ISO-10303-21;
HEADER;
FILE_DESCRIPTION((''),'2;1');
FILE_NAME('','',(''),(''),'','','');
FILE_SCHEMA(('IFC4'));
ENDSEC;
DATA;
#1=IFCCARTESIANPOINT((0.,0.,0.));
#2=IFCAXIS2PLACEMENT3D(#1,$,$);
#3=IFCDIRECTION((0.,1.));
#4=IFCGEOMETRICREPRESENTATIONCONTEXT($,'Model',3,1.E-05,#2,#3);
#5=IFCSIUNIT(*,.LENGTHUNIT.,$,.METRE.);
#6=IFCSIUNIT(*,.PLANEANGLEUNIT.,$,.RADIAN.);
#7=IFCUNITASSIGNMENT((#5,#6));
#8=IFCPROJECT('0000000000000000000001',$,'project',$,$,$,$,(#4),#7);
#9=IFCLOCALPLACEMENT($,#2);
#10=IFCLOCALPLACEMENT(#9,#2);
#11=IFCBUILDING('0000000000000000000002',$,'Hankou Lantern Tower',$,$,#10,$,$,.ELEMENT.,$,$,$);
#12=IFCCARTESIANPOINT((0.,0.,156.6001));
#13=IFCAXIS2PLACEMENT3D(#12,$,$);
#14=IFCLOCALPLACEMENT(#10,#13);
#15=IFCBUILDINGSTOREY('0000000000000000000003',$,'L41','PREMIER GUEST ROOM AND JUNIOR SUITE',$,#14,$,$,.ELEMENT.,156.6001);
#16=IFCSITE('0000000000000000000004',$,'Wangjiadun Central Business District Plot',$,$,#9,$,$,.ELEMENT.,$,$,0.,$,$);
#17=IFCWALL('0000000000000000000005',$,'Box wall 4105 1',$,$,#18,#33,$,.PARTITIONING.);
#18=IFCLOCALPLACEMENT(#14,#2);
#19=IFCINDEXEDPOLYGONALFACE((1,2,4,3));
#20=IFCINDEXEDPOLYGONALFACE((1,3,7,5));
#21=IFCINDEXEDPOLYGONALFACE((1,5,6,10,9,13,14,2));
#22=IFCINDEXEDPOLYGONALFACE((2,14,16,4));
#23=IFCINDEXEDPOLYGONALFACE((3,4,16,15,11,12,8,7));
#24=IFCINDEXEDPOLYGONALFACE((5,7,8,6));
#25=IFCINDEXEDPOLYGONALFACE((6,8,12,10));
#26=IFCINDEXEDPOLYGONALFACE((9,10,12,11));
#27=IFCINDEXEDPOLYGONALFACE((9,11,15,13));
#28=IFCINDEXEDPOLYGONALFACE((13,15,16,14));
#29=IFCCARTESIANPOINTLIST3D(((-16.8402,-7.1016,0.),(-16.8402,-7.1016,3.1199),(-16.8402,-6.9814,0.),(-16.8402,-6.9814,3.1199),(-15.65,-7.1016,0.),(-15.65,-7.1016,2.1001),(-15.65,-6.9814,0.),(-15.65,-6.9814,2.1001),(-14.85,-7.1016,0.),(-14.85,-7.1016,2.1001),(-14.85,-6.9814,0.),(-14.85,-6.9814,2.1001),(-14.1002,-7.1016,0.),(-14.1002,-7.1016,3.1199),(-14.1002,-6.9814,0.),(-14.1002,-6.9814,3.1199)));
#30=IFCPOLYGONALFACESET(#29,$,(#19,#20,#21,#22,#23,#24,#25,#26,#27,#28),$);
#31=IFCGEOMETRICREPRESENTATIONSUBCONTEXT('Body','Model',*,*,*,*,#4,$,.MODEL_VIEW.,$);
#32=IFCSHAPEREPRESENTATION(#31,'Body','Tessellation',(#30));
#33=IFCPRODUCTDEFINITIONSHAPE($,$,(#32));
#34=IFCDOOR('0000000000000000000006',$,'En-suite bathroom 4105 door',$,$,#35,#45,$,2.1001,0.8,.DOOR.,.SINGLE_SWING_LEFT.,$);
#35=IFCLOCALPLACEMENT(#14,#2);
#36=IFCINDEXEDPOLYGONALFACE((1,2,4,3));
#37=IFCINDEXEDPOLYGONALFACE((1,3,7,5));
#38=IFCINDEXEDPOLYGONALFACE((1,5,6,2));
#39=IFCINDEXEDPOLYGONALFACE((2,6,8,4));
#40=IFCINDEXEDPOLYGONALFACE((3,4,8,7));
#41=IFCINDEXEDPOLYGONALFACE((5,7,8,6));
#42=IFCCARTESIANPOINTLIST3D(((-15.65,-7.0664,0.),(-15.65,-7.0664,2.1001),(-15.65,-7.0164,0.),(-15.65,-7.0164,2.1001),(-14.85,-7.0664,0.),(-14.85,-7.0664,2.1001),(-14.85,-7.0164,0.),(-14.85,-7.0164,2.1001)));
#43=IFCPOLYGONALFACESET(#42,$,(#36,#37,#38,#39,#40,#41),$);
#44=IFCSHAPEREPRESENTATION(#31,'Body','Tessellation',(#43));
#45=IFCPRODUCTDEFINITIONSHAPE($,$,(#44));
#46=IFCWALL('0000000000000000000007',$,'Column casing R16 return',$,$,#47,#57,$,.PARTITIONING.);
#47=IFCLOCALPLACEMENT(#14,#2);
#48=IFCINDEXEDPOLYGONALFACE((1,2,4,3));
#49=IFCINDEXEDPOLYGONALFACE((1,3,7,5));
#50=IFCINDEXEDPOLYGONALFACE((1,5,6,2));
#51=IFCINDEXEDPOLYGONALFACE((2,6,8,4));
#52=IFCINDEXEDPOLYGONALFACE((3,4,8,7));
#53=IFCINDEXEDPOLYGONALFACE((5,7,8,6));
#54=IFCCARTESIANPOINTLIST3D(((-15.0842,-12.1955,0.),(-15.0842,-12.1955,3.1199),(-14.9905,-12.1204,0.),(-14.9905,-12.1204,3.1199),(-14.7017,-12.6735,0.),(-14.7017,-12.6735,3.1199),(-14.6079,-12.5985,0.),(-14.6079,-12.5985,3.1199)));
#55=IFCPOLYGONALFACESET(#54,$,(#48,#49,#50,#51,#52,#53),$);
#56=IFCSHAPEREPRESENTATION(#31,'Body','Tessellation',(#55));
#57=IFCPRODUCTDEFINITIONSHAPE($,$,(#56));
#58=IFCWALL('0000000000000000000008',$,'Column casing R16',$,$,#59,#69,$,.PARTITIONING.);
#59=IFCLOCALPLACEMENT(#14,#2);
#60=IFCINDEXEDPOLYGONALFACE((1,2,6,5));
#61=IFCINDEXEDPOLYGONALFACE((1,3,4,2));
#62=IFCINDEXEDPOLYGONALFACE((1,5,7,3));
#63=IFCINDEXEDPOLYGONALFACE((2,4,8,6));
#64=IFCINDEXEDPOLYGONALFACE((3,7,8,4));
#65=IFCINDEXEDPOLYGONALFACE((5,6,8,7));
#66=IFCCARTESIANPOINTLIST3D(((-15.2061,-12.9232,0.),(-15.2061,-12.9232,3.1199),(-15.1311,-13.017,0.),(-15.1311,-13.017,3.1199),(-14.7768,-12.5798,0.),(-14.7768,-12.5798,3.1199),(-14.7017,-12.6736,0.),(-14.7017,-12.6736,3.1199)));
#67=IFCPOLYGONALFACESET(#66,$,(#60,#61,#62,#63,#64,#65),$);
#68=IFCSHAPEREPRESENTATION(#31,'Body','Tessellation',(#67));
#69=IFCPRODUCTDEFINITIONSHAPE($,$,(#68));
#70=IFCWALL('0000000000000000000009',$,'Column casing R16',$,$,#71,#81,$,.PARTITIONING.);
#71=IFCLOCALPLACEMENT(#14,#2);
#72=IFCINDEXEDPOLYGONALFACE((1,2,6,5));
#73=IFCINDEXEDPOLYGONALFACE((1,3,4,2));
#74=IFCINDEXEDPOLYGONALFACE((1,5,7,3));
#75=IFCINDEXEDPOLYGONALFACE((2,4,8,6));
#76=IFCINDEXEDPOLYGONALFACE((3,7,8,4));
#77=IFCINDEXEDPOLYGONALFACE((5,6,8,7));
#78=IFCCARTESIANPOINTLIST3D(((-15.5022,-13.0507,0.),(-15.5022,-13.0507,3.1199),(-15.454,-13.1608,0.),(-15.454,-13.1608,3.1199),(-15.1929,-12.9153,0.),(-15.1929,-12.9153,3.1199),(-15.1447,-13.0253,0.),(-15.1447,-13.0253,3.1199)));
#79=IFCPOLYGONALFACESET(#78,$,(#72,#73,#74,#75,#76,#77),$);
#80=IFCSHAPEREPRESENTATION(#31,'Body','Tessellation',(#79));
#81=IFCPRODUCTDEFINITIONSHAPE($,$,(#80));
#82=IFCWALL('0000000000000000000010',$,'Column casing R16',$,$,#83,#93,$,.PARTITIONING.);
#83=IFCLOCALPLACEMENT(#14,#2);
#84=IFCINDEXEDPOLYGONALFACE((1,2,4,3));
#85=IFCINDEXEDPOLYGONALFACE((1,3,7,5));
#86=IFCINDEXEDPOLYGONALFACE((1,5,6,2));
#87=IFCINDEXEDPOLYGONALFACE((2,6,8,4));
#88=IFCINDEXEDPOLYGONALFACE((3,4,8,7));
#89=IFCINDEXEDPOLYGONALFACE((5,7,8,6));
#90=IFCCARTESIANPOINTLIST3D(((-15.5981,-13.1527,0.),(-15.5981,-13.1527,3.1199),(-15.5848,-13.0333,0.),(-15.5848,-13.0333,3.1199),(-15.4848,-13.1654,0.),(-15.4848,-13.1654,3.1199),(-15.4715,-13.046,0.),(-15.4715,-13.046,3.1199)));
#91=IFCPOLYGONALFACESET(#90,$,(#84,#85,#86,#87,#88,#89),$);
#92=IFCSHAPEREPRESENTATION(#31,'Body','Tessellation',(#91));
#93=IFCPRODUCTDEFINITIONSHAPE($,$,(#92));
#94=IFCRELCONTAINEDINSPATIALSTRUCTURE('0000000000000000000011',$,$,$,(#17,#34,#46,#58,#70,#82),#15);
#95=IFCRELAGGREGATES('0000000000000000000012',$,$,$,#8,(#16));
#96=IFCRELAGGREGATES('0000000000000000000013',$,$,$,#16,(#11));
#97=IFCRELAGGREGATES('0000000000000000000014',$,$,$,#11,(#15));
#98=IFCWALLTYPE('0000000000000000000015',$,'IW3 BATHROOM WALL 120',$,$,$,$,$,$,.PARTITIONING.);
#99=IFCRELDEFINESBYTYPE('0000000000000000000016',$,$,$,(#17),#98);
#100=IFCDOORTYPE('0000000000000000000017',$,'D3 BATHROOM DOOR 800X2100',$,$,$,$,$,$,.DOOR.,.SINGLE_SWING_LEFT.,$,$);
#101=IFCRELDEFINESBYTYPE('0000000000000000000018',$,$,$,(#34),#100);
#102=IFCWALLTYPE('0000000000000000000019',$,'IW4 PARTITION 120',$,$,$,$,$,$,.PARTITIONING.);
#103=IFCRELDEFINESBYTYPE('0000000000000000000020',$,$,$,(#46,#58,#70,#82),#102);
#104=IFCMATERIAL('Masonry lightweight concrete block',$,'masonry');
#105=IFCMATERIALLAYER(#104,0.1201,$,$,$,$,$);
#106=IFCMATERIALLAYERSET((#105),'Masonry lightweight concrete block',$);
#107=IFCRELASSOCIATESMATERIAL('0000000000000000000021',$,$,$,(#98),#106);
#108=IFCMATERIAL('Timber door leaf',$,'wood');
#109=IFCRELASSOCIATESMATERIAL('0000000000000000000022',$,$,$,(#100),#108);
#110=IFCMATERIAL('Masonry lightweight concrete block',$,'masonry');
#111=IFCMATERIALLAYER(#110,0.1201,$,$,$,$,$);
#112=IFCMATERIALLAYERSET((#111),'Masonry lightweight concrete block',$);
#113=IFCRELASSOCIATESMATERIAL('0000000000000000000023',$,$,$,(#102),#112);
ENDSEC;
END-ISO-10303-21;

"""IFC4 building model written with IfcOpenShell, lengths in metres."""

from ifc_helpers import new_model, si_unit, direction, frame, frame_2d, origin, place, context, subcontext, project, spatial, rectangle, extrude, material, layer, layer_set, type_object, element, fill, save


model = new_model("IFC4")

# Units and contexts
model_context = context("Model", 3, precision=1e-05, world=origin(), true_north=direction((0.0, 1.0)))
body_context = subcontext(model_context, "Body", "Model", "MODEL_VIEW")
ifc_project = project(units=[si_unit("LENGTHUNIT", "METRE"), si_unit("PLANEANGLEUNIT", "RADIAN")], contexts=[model_context])

# Site, building, storey
site_placement = place(None, origin())
site = spatial("IfcSite", under=ifc_project, at=site_placement, Name="Wangjiadun Central Business District Plot", CompositionType="ELEMENT", RefElevation=0.0)
building_placement = place(site_placement, origin())
building = spatial("IfcBuilding", under=site, at=building_placement, Name="Hankou Lantern Tower", CompositionType="ELEMENT")
storey_placement = place(building_placement, frame((0.0, 0.0, 156.6001)))
storey = spatial("IfcBuildingStorey", under=building, at=storey_placement, Name="L41", Description="PREMIER GUEST ROOM AND JUNIOR SUITE", CompositionType="ELEMENT", Elevation=156.6001)

# Shared definitions
ifc_material_1 = material(Name="Masonry lightweight concrete block", Category="masonry")
ifc_layer_1 = layer(ifc_material_1, 0.1201)
ifc_layer_set_1 = layer_set([ifc_layer_1], Name="Masonry lightweight concrete block")
wall_type_1 = type_object("IfcWallType", Name="IW3 BATHROOM WALL 120", PredefinedType="PARTITIONING", material=ifc_layer_set_1)
ifc_material_2 = material(Name="Timber door leaf", Category="wood")
door_type = type_object("IfcDoorType", Name="D3 BATHROOM DOOR 800X2100", OperationType="SINGLE_SWING_LEFT", PredefinedType="DOOR", material=ifc_material_2)

# Wall, opening, door
wall_1_placement = place(storey_placement, frame((-14.1001, -7.0415, 0.0), z_axis=(0.0, 0.0, 1.0), x_axis=(-1.0, 0.0, 0.0)))
wall_1 = element("IfcWall", 1, at=wall_1_placement, inside=storey, type_object=wall_type_1, Name="Box wall 4105 1", PredefinedType="PARTITIONING", context=body_context, shape_type="SweptSolid", body=[
    extrude(rectangle(XDim=2.74, YDim=0.1201, at=frame_2d((1.3701, 0.0))), origin(), (0.0, 0.0, 1.0), 3.1199),
])
opening_1_placement = place(wall_1_placement, frame((0.75, 0.0, 0.0)))
opening_1 = element("IfcOpeningElement", 2, at=opening_1_placement, cuts=wall_1, PredefinedType="OPENING", context=body_context, shape_type="SweptSolid", body=[
    extrude(rectangle(XDim=0.8, YDim=2.1001, at=frame_2d((0.3999, 1.05))), frame((0.0, 0.0701, 0.0), z_axis=(0.0, -1.0, 0.0), x_axis=(1.0, 0.0, 0.0)), (0.0, 0.0, 1.0), 0.1401),
])
door_1_placement = place(opening_1_placement, origin())
door_1 = element("IfcDoor", 3, at=door_1_placement, inside=storey, type_object=door_type, Name="En-suite bathroom 4105 door", OperationType="SINGLE_SWING_LEFT", OverallHeight=2.1001, OverallWidth=0.8, PredefinedType="DOOR", context=body_context, shape_type="SweptSolid", body=[
    extrude(rectangle(XDim=0.8, YDim=2.1001, at=frame_2d((0.3999, 1.05))), frame((0.0, 0.0249, 0.0), z_axis=(0.0, -1.0, 0.0), x_axis=(1.0, 0.0, 0.0)), (0.0, 0.0, 1.0), 0.05),
])
fill(opening_1, door_1)

# Walls
ifc_material_3 = material(Name="Masonry lightweight concrete block", Category="masonry")
ifc_layer_2 = layer(ifc_material_3, 0.1201)
ifc_layer_set_2 = layer_set([ifc_layer_2], Name="Masonry lightweight concrete block")
wall_type_2 = type_object("IfcWallType", Name="IW4 PARTITION 120", PredefinedType="PARTITIONING", material=ifc_layer_set_2)
wall_2_placement = place(storey_placement, frame((-15.0374, -12.158, 0.0), z_axis=(0.0, 0.0, 1.0), x_axis=(0.624841, -0.780752, 0.0)))
element("IfcWall", 4, at=wall_2_placement, inside=storey, type_object=wall_type_2, Name="Column casing R16 return", PredefinedType="PARTITIONING", context=body_context, shape_type="SweptSolid", body=[
    extrude(rectangle(XDim=0.6123, YDim=0.1201, at=frame_2d((0.3062, 0.0))), origin(), (0.0, 0.0, 1.0), 3.1199),
])
wall_3_placement = place(storey_placement, frame((-14.7393, -12.6267, 0.0), z_axis=(0.0, 0.0, 1.0), x_axis=(-0.780912, -0.624641, 0.0)))
element("IfcWall", 5, at=wall_3_placement, inside=storey, type_object=wall_type_2, Name="Column casing R16", PredefinedType="PARTITIONING", context=body_context, shape_type="SweptSolid", body=[
    extrude(rectangle(XDim=0.5498, YDim=0.1201, at=frame_2d((0.2749, 0.0))), origin(), (0.0, 0.0, 1.0), 3.1199),
])
wall_4_placement = place(storey_placement, frame((-15.1687, -12.9702, 0.0), z_axis=(0.0, 0.0, 1.0), x_axis=(-0.915975, -0.401236, 0.0)))
element("IfcWall", 6, at=wall_4_placement, inside=storey, type_object=wall_type_2, Name="Column casing R16", PredefinedType="PARTITIONING", context=body_context, shape_type="SweptSolid", body=[
    extrude(rectangle(XDim=0.3376, YDim=0.1201, at=frame_2d((0.1689, 0.0))), origin(), (0.0, 0.0, 1.0), 3.1199),
])
wall_5_placement = place(storey_placement, frame((-15.478, -13.1057, 0.0), z_axis=(0.0, 0.0, 1.0), x_axis=(-0.993779, 0.111372, 0.0)))
element("IfcWall", 7, at=wall_5_placement, inside=storey, type_object=wall_type_2, Name="Column casing R16", PredefinedType="PARTITIONING", context=body_context, shape_type="SweptSolid", body=[
    extrude(rectangle(XDim=0.114, YDim=0.1201, at=frame_2d((0.0571, 0.0))), origin(), (0.0, 0.0, 1.0), 3.1199),
])

save(model, "model.ifc")
